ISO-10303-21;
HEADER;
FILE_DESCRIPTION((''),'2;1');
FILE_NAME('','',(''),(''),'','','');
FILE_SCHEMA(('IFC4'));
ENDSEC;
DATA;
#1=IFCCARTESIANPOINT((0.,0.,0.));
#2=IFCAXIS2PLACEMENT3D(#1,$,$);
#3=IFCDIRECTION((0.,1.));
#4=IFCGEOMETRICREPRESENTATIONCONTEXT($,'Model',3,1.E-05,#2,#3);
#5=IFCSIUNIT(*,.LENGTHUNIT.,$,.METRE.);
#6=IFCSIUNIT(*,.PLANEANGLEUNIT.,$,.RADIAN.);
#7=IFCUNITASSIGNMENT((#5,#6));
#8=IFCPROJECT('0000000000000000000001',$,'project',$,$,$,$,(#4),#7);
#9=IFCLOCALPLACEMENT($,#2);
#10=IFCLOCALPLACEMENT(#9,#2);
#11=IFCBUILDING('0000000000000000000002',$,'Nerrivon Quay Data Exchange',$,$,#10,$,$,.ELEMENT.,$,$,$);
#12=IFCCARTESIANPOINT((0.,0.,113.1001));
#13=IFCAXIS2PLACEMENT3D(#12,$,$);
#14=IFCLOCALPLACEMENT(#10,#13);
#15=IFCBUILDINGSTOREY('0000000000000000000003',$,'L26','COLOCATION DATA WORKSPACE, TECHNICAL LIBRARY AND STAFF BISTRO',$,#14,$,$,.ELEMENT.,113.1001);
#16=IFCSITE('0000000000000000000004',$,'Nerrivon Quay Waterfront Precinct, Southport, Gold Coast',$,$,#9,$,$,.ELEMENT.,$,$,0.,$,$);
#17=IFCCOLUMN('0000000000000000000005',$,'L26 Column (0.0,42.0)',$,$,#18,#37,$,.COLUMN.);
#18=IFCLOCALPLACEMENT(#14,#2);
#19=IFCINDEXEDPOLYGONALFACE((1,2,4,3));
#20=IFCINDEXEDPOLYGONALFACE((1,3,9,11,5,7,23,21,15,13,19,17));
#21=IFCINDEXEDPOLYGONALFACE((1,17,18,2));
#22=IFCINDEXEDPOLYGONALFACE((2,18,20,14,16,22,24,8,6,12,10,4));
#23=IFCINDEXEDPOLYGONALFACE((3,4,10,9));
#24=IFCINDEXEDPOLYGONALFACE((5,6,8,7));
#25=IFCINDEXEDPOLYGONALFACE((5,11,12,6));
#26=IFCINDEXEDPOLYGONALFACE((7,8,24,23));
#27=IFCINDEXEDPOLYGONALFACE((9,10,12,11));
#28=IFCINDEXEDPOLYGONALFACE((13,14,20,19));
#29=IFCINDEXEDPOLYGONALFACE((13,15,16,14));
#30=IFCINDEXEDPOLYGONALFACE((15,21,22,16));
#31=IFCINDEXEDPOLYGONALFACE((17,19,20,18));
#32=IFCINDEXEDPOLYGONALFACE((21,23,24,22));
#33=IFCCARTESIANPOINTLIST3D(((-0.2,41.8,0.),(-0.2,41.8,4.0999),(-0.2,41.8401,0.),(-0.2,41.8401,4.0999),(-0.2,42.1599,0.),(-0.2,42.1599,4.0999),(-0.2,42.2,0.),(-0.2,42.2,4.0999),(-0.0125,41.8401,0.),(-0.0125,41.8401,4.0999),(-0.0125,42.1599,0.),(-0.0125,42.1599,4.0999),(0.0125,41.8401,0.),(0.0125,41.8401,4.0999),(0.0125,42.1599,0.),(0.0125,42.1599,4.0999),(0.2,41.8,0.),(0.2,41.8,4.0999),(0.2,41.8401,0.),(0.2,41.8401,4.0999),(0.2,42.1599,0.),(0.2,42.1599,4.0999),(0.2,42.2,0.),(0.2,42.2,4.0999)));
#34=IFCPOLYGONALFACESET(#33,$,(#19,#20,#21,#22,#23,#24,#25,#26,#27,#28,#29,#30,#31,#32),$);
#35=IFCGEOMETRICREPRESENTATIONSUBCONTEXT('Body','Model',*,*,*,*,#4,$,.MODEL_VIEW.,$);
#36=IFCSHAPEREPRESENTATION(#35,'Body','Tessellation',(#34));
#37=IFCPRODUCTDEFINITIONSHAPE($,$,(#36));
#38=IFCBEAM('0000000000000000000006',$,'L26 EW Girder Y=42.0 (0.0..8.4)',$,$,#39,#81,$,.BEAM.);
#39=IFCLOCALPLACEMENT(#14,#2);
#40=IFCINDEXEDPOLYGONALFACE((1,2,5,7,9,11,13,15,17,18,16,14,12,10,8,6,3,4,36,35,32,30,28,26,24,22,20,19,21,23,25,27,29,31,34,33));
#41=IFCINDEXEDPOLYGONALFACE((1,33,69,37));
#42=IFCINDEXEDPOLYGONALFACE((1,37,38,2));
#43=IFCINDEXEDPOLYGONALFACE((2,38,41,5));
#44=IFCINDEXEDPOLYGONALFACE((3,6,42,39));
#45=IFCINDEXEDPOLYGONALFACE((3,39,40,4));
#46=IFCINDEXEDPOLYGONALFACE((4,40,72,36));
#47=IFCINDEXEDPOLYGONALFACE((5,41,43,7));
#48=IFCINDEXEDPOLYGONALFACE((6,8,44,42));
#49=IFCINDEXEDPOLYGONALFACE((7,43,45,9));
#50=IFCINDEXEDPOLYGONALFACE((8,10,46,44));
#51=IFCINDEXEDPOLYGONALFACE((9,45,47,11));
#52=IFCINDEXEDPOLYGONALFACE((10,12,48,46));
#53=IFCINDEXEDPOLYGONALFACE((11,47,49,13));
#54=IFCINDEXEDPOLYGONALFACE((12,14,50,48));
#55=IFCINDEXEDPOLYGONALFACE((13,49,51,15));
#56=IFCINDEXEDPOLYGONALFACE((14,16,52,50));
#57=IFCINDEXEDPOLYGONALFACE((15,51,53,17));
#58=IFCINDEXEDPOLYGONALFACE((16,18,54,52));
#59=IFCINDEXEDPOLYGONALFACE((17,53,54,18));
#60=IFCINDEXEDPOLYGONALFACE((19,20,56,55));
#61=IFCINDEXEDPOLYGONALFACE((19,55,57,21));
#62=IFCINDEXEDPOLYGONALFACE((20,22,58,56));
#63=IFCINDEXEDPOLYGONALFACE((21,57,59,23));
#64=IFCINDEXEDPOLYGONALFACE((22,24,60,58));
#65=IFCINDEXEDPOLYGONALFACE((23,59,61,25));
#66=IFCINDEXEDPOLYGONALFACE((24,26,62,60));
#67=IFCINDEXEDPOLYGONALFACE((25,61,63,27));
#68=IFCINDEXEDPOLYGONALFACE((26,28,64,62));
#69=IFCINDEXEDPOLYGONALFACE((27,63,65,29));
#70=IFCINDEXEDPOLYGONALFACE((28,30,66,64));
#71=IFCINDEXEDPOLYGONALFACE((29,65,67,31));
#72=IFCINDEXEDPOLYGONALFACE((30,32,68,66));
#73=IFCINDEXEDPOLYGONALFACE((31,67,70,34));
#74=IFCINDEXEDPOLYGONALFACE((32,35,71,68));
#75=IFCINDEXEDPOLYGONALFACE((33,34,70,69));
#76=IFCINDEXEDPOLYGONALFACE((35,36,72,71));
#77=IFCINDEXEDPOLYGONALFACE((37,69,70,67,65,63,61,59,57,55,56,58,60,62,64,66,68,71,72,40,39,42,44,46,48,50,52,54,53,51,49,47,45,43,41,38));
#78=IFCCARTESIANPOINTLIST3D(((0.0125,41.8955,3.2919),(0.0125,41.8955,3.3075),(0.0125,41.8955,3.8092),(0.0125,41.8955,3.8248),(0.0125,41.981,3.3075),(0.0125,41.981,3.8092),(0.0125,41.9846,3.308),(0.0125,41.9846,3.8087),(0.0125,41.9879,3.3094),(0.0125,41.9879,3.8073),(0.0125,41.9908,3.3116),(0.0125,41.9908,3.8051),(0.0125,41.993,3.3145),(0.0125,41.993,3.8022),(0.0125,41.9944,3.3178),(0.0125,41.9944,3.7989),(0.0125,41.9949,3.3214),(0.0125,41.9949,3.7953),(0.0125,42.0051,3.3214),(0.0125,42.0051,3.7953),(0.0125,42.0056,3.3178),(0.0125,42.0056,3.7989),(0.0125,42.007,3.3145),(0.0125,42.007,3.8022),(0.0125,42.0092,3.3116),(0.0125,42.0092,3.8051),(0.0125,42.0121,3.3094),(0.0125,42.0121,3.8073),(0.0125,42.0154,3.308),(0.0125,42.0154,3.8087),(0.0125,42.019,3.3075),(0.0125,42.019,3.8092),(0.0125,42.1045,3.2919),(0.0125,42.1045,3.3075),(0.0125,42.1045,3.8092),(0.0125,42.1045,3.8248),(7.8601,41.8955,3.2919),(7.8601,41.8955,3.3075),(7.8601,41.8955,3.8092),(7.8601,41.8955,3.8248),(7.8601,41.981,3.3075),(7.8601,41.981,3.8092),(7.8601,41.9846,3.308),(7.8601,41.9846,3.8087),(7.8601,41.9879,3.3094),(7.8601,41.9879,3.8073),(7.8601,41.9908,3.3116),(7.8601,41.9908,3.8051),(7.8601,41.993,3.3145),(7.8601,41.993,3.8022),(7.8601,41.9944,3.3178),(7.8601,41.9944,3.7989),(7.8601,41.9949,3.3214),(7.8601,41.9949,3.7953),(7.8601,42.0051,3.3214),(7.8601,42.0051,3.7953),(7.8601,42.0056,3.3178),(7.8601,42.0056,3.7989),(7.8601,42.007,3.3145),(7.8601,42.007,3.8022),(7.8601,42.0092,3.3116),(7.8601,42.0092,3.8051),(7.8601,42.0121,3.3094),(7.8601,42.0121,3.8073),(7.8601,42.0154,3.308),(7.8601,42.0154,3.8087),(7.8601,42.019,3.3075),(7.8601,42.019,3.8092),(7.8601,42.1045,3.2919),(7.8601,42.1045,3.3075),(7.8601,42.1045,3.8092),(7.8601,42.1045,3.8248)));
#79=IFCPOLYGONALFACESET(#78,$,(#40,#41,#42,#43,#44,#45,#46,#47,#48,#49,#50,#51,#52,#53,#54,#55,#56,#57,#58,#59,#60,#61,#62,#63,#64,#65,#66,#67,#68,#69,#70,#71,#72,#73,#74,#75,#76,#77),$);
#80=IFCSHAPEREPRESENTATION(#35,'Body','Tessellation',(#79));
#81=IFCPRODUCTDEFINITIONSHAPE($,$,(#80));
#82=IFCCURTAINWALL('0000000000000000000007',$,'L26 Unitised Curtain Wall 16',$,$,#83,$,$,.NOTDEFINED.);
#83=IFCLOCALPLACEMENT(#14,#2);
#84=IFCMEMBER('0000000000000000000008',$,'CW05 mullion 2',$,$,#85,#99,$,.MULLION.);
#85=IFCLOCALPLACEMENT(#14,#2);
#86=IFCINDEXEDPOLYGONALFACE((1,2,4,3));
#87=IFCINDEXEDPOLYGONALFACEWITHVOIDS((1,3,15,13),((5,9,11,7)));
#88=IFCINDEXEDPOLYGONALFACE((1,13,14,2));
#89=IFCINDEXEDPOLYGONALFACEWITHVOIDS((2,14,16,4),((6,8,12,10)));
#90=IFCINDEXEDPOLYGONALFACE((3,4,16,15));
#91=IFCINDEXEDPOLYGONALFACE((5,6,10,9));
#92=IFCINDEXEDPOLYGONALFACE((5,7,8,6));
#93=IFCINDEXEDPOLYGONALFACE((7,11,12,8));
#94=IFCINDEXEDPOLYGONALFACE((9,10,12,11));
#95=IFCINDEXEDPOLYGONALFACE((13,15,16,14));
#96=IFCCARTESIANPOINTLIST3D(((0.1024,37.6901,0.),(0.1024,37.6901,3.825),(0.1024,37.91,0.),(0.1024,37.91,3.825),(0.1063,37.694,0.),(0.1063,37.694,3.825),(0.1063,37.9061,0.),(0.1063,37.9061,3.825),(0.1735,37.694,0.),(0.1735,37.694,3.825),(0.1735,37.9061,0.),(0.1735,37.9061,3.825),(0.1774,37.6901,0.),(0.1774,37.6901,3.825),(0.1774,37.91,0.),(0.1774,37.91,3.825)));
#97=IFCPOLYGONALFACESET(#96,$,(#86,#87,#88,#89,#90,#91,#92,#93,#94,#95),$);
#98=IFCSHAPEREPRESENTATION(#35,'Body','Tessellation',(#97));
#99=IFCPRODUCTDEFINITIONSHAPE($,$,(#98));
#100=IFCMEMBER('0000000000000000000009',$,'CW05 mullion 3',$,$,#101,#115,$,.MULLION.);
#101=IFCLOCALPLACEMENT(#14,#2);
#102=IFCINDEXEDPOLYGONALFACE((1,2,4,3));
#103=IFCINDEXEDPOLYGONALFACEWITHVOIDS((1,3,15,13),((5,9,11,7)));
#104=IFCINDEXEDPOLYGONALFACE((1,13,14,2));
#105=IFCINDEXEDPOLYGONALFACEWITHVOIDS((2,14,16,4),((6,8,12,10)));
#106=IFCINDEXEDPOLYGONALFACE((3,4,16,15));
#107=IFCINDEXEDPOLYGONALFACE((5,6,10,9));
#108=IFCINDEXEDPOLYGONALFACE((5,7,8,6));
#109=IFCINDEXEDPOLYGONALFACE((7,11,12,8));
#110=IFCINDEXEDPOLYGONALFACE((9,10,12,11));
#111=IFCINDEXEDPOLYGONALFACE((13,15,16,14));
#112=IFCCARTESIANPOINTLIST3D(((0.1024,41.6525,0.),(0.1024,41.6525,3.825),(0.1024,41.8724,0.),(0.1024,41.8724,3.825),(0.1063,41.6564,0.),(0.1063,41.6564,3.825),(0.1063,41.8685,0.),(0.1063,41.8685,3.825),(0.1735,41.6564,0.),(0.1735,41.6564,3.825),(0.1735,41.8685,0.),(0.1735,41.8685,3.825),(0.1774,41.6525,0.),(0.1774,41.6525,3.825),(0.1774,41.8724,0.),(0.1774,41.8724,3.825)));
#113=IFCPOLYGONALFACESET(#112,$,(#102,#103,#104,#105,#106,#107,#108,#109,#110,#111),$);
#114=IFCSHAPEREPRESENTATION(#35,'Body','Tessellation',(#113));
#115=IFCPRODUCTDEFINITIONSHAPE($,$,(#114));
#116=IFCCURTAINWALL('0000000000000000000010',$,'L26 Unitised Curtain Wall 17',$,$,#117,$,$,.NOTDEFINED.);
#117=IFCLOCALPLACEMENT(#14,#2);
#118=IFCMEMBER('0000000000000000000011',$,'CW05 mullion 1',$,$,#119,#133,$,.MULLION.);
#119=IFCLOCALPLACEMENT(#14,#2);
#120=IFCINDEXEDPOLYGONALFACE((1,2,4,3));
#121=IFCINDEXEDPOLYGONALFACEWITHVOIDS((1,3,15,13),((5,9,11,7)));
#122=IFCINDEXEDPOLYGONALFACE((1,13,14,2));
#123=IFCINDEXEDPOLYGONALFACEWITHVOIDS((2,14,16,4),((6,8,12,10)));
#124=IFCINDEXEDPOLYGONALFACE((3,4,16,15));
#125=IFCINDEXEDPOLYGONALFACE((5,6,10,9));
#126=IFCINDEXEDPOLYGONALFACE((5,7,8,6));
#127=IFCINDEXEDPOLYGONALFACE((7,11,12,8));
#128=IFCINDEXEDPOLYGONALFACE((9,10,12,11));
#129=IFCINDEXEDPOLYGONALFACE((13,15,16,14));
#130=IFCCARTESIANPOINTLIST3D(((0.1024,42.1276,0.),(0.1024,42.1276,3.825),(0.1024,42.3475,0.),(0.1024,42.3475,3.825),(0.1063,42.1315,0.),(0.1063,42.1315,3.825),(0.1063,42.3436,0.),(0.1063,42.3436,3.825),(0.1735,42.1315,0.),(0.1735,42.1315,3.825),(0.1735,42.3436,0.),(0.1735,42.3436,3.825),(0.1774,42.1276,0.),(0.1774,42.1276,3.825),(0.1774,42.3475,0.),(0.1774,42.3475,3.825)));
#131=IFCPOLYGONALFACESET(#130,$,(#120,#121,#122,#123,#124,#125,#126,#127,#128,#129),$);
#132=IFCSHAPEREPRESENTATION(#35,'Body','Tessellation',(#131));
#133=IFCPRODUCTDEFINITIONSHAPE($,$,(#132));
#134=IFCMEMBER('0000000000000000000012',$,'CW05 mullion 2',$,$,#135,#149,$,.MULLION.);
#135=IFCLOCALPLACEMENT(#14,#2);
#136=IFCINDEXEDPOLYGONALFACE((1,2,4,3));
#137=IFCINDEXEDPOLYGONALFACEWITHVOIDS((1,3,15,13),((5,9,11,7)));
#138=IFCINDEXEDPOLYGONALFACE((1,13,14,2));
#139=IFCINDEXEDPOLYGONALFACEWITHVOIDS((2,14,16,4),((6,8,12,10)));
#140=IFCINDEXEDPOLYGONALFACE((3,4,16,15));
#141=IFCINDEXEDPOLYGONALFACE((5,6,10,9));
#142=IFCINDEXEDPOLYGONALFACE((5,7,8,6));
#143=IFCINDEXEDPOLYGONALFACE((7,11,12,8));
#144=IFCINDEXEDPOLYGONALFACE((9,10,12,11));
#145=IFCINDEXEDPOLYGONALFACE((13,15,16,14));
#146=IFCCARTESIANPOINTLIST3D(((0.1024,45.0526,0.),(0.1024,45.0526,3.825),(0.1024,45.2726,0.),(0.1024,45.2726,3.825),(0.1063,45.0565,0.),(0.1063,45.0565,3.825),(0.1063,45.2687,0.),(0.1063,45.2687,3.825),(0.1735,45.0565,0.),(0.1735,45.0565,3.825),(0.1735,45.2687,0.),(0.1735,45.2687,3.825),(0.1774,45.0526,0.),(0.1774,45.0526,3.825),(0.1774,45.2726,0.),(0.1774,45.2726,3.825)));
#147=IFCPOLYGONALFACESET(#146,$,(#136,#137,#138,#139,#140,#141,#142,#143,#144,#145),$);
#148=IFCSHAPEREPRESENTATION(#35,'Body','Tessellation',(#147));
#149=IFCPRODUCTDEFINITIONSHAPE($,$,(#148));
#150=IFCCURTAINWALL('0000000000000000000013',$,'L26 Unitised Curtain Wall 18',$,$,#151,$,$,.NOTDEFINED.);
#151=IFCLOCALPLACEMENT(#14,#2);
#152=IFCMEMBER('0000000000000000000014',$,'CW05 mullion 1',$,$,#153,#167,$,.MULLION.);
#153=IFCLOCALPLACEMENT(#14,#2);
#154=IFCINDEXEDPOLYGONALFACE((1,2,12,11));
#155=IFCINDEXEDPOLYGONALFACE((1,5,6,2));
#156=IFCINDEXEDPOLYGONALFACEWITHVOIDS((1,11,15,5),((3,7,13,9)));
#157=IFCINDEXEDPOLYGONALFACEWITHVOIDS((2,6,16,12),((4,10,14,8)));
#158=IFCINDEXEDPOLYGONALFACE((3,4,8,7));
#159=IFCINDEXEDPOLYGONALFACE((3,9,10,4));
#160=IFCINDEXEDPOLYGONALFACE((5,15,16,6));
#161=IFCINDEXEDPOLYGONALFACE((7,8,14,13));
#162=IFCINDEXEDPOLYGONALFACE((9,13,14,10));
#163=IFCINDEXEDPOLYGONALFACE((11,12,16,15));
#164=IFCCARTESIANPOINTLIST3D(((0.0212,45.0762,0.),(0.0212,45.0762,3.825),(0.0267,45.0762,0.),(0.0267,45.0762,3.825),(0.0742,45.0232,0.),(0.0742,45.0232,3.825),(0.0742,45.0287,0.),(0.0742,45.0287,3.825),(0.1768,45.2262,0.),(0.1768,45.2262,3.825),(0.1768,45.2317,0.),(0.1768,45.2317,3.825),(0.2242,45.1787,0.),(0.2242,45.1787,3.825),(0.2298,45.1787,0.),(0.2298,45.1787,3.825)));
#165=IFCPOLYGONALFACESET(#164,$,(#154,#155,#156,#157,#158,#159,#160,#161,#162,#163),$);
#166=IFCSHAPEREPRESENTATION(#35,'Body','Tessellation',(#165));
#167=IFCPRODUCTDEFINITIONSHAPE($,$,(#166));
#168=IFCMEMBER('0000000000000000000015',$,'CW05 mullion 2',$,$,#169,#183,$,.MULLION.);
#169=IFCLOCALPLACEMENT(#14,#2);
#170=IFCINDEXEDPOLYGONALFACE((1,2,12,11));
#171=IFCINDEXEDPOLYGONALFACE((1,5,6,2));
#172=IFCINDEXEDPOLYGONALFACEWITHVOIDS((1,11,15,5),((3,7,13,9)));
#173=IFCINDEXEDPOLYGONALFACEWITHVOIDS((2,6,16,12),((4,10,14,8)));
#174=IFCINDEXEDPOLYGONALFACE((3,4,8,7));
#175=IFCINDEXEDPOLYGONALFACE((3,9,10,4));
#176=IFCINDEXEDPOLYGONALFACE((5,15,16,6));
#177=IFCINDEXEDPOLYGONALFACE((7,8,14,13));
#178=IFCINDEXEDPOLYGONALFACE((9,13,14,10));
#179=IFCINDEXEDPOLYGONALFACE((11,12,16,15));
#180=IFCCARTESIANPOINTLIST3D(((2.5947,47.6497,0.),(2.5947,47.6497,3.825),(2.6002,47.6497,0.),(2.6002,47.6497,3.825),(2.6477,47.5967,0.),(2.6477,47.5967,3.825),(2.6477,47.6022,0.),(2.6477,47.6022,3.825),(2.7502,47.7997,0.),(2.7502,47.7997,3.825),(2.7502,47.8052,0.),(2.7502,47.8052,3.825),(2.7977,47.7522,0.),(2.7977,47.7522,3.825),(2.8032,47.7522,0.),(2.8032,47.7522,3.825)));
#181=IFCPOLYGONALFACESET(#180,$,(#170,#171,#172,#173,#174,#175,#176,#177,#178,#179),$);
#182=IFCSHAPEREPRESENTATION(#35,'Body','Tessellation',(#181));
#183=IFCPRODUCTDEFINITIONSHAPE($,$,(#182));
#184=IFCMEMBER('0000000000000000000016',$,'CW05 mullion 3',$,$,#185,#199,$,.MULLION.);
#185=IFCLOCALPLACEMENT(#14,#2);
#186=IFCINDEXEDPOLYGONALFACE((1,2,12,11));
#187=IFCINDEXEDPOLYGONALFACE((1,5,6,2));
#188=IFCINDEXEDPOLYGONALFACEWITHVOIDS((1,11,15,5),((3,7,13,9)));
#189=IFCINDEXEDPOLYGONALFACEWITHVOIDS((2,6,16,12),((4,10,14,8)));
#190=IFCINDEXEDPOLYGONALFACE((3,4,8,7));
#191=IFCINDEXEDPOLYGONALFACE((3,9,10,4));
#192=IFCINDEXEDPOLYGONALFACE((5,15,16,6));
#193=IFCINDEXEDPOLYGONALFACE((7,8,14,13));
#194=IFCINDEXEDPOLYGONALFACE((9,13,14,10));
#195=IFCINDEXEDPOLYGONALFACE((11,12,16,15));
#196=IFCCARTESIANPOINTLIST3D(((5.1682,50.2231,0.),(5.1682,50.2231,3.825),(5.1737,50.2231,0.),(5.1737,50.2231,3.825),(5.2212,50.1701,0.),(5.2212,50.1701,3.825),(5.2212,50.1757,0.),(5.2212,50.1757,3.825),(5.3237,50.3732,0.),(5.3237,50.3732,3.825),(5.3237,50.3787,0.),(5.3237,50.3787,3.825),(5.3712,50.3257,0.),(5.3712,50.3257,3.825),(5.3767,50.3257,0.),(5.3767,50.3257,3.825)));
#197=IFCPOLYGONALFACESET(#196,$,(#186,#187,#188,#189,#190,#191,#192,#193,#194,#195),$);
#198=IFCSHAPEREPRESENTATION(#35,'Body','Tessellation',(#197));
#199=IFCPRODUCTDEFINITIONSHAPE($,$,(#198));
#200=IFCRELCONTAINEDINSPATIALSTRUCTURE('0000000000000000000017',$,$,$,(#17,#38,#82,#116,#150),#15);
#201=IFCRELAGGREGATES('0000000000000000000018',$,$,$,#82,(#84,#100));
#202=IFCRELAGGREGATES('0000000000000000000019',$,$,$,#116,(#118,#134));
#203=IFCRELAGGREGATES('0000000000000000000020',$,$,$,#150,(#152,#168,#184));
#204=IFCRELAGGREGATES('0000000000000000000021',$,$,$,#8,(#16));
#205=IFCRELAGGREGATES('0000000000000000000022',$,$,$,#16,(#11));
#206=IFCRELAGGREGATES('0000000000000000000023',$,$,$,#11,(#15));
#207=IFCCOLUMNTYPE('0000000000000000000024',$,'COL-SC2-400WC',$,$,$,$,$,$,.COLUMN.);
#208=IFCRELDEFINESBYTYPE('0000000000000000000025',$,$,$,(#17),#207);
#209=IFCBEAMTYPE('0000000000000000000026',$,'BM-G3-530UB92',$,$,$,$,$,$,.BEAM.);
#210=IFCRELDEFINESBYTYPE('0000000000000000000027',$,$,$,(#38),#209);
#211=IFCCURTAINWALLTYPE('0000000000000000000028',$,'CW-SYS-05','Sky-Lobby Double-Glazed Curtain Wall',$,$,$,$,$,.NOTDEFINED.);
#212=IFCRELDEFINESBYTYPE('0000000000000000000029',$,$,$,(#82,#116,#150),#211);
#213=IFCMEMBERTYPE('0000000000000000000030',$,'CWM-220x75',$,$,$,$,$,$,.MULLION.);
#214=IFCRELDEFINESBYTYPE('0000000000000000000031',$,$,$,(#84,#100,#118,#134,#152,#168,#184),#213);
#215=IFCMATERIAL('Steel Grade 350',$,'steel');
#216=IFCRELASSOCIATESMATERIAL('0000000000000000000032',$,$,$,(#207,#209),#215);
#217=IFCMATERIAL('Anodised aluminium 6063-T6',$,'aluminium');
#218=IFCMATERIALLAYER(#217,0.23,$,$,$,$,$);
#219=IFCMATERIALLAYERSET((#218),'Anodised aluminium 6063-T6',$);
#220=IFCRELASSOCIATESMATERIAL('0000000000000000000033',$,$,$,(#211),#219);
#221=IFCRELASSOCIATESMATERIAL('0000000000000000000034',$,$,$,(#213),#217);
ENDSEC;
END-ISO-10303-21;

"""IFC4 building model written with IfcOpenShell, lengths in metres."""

from ifc_helpers import new_model, si_unit, direction, frame, origin, origin_2d, place, context, subcontext, project, spatial, hollow_rectangle, i_section, extrude, material, layer, layer_set, material_profile, profile_set, type_object, element, aggregate, save


model = new_model("IFC4")

# Units and contexts
model_context = context("Model", 3, precision=1e-05, world=origin(), true_north=direction((0.0, 1.0)))
body_context = subcontext(model_context, "Body", "Model", "MODEL_VIEW")
ifc_project = project(units=[si_unit("LENGTHUNIT", "METRE"), si_unit("PLANEANGLEUNIT", "RADIAN")], contexts=[model_context])

# Site, building, storey
site_placement = place(None, origin())
site = spatial("IfcSite", under=ifc_project, at=site_placement, Name="Nerrivon Quay Waterfront Precinct, Southport, Gold Coast", CompositionType="ELEMENT", RefElevation=0.0)
building_placement = place(site_placement, origin())
building = spatial("IfcBuilding", under=site, at=building_placement, Name="Nerrivon Quay Data Exchange", CompositionType="ELEMENT")
storey_placement = place(building_placement, frame((0.0, 0.0, 113.1001)))
storey = spatial("IfcBuildingStorey", under=building, at=storey_placement, Name="L26", Description="COLOCATION DATA WORKSPACE, TECHNICAL LIBRARY AND STAFF BISTRO", CompositionType="ELEMENT", Elevation=113.1001)

# Column
ifc_material_1 = material(Name="Steel Grade 350", Category="steel")
ifc_material_profile_1 = material_profile(ifc_material_1, i_section(OverallWidth=0.3999, OverallDepth=0.3999, WebThickness=0.0249, FlangeThickness=0.04, at=origin_2d()), Name="400WC328")
ifc_profile_set_1 = profile_set([ifc_material_profile_1], Name="Steel Grade 350")
column_type = type_object("IfcColumnType", Name="COL-SC2-400WC", PredefinedType="COLUMN", material=ifc_profile_set_1)
column_placement = place(storey_placement, frame((0.0, 42.0, 0.0), z_axis=(0.0, 0.0, 1.0), x_axis=(1.0, 0.0, 0.0)))
element("IfcColumn", 1, at=column_placement, inside=storey, type_object=column_type, Name="L26 Column (0.0,42.0)", PredefinedType="COLUMN", context=body_context, shape_type="SweptSolid", body=[
    extrude(i_section(OverallWidth=0.3999, OverallDepth=0.3999, WebThickness=0.0249, FlangeThickness=0.04, at=origin_2d()), origin(), (0.0, 0.0, 1.0), 4.0999),
])

# Beam
ifc_material_profile_2 = material_profile(ifc_material_1, i_section(OverallWidth=0.209, OverallDepth=0.533, WebThickness=0.0103, FlangeThickness=0.0156, FilletRadius=0.0139, at=origin_2d()), Name="530UB92.4")
ifc_profile_set_2 = profile_set([ifc_material_profile_2], Name="Steel Grade 350")
beam_type = type_object("IfcBeamType", Name="BM-G3-530UB92", PredefinedType="BEAM", material=ifc_profile_set_2)
beam_placement = place(storey_placement, frame((0.0125, 42.0, 3.5583), z_axis=(1.0, 0.0, 0.0), x_axis=(0.0, 1.0, 0.0)))
element("IfcBeam", 2, at=beam_placement, inside=storey, type_object=beam_type, Name="L26 EW Girder Y=42.0 (0.0..8.4)", PredefinedType="BEAM", context=body_context, shape_type="SweptSolid", body=[
    extrude(i_section(OverallWidth=0.209, OverallDepth=0.533, WebThickness=0.0103, FlangeThickness=0.0156, FilletRadius=0.0139, at=origin_2d()), origin(), (0.0, 0.0, 1.0), 7.8477),
])

# Curtain walls, members
ifc_material_2 = material(Name="Anodised aluminium 6063-T6", Category="aluminium")
ifc_layer_1 = layer(ifc_material_2, 0.23)
ifc_layer_set_1 = layer_set([ifc_layer_1], Name="Anodised aluminium 6063-T6")
curtain_wall_type = type_object("IfcCurtainWallType", Name="CW-SYS-05", Description="Sky-Lobby Double-Glazed Curtain Wall", PredefinedType="NOTDEFINED", material=ifc_layer_set_1)
curtain_wall_1_placement = place(storey_placement, origin())
curtain_wall_1 = element("IfcCurtainWall", 3, at=curtain_wall_1_placement, inside=storey, type_object=curtain_wall_type, Name="L26 Unitised Curtain Wall 16", PredefinedType="NOTDEFINED")
ifc_material_profile_3 = material_profile(ifc_material_2, hollow_rectangle(XDim=0.075, YDim=0.22, WallThickness=0.0039, at=origin_2d()), Name="ALU-MULL-220x75")
ifc_profile_set_3 = profile_set([ifc_material_profile_3], Name="Anodised aluminium 6063-T6")
member_type_1 = type_object("IfcMemberType", Name="CWM-220x75", PredefinedType="MULLION", material=ifc_profile_set_3)
member_1_placement = place(storey_placement, frame((0.1399, 37.8, 0.0), z_axis=(0.0, 0.0, 1.0), x_axis=(-1.0, 0.0, 0.0)))
member_1 = element("IfcMember", 4, at=member_1_placement, type_object=member_type_1, Name="CW05 mullion 2", PredefinedType="MULLION", context=body_context, shape_type="SweptSolid", body=[
    extrude(hollow_rectangle(XDim=0.075, YDim=0.22, WallThickness=0.0039, at=origin_2d()), origin(), (0.0, 0.0, 1.0), 3.825),
])
member_2_placement = place(storey_placement, frame((0.1399, 41.7625, 0.0), z_axis=(0.0, 0.0, 1.0), x_axis=(-1.0, 0.0, 0.0)))
member_2 = element("IfcMember", 5, at=member_2_placement, type_object=member_type_1, Name="CW05 mullion 3", PredefinedType="MULLION", context=body_context, shape_type="SweptSolid", body=[
    extrude(hollow_rectangle(XDim=0.075, YDim=0.22, WallThickness=0.0039, at=origin_2d()), origin(), (0.0, 0.0, 1.0), 3.825),
])
curtain_wall_2_placement = place(storey_placement, origin())
curtain_wall_2 = element("IfcCurtainWall", 6, at=curtain_wall_2_placement, inside=storey, type_object=curtain_wall_type, Name="L26 Unitised Curtain Wall 17", PredefinedType="NOTDEFINED")
member_3_placement = place(storey_placement, frame((0.1399, 42.2375, 0.0), z_axis=(0.0, 0.0, 1.0), x_axis=(-1.0, 0.0, 0.0)))
member_3 = element("IfcMember", 7, at=member_3_placement, type_object=member_type_1, Name="CW05 mullion 1", PredefinedType="MULLION", context=body_context, shape_type="SweptSolid", body=[
    extrude(hollow_rectangle(XDim=0.075, YDim=0.22, WallThickness=0.0039, at=origin_2d()), origin(), (0.0, 0.0, 1.0), 3.825),
])
member_4_placement = place(storey_placement, frame((0.1399, 45.1626, 0.0), z_axis=(0.0, 0.0, 1.0), x_axis=(-1.0, 0.0, 0.0)))
member_4 = element("IfcMember", 8, at=member_4_placement, type_object=member_type_1, Name="CW05 mullion 2", PredefinedType="MULLION", context=body_context, shape_type="SweptSolid", body=[
    extrude(hollow_rectangle(XDim=0.075, YDim=0.22, WallThickness=0.0039, at=origin_2d()), origin(), (0.0, 0.0, 1.0), 3.825),
])
curtain_wall_3_placement = place(storey_placement, origin())
curtain_wall_3 = element("IfcCurtainWall", 9, at=curtain_wall_3_placement, inside=storey, type_object=curtain_wall_type, Name="L26 Unitised Curtain Wall 18", PredefinedType="NOTDEFINED")
member_5_placement = place(storey_placement, frame((0.1255, 45.1274, 0.0), z_axis=(0.0, 0.0, 1.0), x_axis=(-0.707107, 0.707107, 0.0)))
member_5 = element("IfcMember", 10, at=member_5_placement, type_object=member_type_1, Name="CW05 mullion 1", PredefinedType="MULLION", context=body_context, shape_type="SweptSolid", body=[
    extrude(hollow_rectangle(XDim=0.075, YDim=0.22, WallThickness=0.0039, at=origin_2d()), origin(), (0.0, 0.0, 1.0), 3.825),
])
member_6_placement = place(storey_placement, frame((2.699, 47.7009, 0.0), z_axis=(0.0, 0.0, 1.0), x_axis=(-0.707107, 0.707107, 0.0)))
member_6 = element("IfcMember", 11, at=member_6_placement, type_object=member_type_1, Name="CW05 mullion 2", PredefinedType="MULLION", context=body_context, shape_type="SweptSolid", body=[
    extrude(hollow_rectangle(XDim=0.075, YDim=0.22, WallThickness=0.0039, at=origin_2d()), origin(), (0.0, 0.0, 1.0), 3.825),
])
member_7_placement = place(storey_placement, frame((5.2725, 50.2744, 0.0), z_axis=(0.0, 0.0, 1.0), x_axis=(-0.707107, 0.707107, 0.0)))
member_7 = element("IfcMember", 12, at=member_7_placement, type_object=member_type_1, Name="CW05 mullion 3", PredefinedType="MULLION", context=body_context, shape_type="SweptSolid", body=[
    extrude(hollow_rectangle(XDim=0.075, YDim=0.22, WallThickness=0.0039, at=origin_2d()), origin(), (0.0, 0.0, 1.0), 3.825),
])

aggregate(curtain_wall_1, [member_1, member_2])
aggregate(curtain_wall_2, [member_3, member_4])
aggregate(curtain_wall_3, [member_5, member_6, member_7])

save(model, "model.ifc")
